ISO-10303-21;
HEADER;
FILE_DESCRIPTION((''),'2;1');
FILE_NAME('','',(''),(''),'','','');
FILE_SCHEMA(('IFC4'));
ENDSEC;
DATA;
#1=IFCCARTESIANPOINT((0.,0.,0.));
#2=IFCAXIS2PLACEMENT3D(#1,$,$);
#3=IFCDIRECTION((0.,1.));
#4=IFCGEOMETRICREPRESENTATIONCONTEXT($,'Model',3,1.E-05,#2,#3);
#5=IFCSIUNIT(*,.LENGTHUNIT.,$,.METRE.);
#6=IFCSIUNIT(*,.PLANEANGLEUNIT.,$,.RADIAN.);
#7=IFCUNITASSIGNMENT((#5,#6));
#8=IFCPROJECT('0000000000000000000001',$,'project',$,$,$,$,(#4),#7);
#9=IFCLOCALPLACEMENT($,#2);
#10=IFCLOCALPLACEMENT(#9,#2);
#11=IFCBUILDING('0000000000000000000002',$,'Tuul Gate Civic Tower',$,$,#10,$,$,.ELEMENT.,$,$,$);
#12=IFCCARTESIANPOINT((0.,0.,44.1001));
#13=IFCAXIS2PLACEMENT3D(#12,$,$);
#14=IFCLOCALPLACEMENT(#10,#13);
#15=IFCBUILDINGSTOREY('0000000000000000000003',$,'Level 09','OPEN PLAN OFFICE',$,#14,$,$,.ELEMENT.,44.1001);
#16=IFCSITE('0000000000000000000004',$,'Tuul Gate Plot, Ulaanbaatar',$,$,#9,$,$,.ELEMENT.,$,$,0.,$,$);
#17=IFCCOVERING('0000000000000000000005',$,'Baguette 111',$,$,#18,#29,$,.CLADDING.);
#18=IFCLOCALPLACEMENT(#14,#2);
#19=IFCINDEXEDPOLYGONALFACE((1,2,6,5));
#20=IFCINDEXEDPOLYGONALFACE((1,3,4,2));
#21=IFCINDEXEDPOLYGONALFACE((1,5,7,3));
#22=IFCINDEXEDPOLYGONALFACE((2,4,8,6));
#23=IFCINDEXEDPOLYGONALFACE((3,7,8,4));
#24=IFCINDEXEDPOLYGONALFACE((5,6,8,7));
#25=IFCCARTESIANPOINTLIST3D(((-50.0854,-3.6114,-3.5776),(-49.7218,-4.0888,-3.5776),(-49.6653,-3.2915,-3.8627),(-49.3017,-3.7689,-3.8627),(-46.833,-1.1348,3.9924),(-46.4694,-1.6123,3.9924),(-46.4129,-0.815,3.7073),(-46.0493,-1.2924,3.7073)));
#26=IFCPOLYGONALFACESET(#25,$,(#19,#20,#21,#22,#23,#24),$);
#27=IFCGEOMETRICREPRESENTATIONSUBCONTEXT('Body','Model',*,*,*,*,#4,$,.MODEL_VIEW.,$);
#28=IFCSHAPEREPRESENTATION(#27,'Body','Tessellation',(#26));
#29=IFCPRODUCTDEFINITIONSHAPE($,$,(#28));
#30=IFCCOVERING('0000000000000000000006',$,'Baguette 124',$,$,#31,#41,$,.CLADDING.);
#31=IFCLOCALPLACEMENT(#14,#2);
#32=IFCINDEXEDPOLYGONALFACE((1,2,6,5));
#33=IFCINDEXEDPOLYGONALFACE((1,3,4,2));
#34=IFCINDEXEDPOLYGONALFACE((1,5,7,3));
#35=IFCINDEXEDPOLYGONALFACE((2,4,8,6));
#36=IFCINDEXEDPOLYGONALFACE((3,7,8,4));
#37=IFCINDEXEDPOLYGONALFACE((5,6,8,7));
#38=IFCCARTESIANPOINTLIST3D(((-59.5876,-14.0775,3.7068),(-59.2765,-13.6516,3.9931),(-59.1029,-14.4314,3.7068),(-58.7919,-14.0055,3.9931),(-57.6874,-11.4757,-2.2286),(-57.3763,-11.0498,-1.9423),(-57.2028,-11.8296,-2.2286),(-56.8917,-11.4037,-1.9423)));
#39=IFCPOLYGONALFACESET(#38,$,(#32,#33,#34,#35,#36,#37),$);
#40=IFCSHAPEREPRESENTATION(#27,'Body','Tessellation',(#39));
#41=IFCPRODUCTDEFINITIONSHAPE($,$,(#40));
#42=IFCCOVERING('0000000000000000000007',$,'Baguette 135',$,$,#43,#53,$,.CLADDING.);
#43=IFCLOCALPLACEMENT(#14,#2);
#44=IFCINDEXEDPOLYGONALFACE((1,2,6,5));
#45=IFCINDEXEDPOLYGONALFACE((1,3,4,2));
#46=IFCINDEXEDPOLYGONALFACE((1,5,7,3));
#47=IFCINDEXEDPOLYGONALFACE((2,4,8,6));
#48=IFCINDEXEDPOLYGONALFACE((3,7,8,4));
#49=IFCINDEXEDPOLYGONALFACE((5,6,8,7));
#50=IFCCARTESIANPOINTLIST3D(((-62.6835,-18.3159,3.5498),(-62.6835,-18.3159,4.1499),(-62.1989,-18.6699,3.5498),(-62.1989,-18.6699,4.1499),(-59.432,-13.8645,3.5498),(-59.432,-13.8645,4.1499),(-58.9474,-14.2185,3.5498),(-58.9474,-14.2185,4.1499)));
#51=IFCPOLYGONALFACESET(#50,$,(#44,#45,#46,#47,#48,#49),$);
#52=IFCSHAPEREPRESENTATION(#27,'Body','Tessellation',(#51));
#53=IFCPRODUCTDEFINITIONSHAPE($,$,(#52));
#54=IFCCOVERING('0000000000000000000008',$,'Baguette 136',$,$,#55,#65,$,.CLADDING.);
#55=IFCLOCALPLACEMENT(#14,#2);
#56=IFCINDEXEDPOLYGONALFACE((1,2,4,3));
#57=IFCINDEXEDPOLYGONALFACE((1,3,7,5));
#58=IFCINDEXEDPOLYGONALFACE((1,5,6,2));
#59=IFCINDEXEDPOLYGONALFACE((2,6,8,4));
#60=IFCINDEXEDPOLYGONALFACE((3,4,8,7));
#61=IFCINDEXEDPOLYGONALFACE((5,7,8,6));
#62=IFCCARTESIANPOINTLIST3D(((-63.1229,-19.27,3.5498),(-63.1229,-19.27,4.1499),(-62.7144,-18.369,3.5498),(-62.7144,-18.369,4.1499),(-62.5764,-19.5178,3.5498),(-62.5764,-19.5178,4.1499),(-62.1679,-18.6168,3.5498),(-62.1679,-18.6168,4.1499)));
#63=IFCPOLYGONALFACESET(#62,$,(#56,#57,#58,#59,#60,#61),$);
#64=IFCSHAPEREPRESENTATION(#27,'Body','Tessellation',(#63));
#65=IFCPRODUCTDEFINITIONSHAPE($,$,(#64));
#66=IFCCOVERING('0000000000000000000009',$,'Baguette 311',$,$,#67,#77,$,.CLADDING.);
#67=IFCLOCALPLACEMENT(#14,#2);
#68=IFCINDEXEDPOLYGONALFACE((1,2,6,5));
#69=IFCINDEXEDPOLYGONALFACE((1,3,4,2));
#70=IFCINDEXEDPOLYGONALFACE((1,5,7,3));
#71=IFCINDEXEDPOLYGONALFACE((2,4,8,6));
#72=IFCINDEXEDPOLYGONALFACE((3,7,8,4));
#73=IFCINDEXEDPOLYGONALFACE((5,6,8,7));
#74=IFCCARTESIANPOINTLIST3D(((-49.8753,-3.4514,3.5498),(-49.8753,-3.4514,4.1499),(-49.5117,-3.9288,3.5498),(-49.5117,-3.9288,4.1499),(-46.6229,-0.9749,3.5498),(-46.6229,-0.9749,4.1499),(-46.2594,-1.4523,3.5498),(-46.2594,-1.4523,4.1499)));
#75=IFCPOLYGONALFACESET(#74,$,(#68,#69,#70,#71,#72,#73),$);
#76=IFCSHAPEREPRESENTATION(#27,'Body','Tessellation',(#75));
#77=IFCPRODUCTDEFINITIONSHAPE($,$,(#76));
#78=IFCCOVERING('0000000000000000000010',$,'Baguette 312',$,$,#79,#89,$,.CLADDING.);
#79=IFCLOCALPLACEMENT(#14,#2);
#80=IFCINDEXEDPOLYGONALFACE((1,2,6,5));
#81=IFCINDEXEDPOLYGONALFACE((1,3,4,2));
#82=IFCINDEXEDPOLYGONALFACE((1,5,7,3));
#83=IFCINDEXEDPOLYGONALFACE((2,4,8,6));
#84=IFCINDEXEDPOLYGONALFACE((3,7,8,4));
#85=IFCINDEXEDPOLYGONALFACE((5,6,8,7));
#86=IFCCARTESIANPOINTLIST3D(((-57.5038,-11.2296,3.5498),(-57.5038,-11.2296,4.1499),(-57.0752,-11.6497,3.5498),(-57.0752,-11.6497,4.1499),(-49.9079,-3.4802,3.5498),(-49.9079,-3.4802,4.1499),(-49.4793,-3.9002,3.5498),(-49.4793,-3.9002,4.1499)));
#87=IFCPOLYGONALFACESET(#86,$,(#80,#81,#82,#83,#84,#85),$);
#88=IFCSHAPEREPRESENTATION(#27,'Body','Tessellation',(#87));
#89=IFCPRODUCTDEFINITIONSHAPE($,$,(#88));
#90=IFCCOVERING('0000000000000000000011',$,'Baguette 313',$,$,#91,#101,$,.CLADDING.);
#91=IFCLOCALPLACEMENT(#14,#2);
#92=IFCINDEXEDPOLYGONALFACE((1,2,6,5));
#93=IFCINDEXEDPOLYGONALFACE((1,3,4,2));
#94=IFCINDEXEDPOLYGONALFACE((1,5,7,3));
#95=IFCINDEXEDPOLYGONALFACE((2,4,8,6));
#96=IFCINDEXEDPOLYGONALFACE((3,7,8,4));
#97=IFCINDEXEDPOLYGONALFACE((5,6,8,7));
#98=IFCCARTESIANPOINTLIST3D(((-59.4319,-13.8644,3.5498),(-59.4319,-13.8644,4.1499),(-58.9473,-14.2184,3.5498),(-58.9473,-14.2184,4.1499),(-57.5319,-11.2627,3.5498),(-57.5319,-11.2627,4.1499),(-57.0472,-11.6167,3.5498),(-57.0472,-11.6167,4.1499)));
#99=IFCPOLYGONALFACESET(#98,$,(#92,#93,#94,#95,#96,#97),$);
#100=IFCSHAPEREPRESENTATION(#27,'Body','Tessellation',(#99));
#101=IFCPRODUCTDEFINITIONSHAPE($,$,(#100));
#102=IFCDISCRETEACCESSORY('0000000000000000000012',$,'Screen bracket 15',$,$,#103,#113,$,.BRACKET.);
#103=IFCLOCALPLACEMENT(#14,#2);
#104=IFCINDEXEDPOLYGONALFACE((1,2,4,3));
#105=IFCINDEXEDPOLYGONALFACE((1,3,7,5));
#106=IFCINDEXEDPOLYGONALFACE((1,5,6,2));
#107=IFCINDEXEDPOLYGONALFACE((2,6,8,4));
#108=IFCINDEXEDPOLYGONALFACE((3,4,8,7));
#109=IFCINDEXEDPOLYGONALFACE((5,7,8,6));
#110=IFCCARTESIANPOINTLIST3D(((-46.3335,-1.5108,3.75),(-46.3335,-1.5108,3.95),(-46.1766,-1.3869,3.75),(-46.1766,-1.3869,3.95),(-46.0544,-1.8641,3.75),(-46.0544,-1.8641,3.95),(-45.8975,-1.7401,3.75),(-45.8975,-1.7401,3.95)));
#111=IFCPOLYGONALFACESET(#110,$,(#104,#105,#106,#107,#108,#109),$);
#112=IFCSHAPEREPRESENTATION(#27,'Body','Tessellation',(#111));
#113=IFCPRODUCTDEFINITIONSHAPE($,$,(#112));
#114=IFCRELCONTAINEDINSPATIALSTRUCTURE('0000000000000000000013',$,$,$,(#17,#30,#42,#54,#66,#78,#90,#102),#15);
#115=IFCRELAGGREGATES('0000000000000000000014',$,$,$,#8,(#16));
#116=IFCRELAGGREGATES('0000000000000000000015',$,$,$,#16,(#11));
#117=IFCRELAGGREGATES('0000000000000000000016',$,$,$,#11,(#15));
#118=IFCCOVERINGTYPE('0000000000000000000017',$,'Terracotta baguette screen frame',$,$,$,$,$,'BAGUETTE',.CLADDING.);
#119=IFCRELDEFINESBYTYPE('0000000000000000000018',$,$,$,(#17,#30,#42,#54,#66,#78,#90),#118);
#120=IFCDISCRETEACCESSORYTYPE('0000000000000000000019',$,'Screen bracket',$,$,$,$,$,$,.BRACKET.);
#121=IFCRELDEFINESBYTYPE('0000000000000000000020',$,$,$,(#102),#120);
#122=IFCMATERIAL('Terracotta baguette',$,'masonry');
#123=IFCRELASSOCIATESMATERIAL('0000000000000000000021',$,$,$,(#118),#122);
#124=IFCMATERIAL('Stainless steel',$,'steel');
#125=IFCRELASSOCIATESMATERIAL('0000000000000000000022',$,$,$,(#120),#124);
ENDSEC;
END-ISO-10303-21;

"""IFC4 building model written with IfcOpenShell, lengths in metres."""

from ifc_helpers import new_model, si_unit, direction, frame, origin, origin_2d, place, context, subcontext, project, spatial, rectangle, extrude, material, material_profile, profile_set, type_object, element, save


model = new_model("IFC4")

# Units and contexts
model_context = context("Model", 3, precision=1e-05, world=origin(), true_north=direction((0.0, 1.0)))
body_context = subcontext(model_context, "Body", "Model", "MODEL_VIEW")
ifc_project = project(units=[si_unit("LENGTHUNIT", "METRE"), si_unit("PLANEANGLEUNIT", "RADIAN")], contexts=[model_context])

# Site, building, storey
site_placement = place(None, origin())
site = spatial("IfcSite", under=ifc_project, at=site_placement, Name="Tuul Gate Plot, Ulaanbaatar", CompositionType="ELEMENT", RefElevation=0.0)
building_placement = place(site_placement, origin())
building = spatial("IfcBuilding", under=site, at=building_placement, Name="Tuul Gate Civic Tower", CompositionType="ELEMENT")
storey_placement = place(building_placement, frame((0.0, 0.0, 44.1001)))
storey = spatial("IfcBuildingStorey", under=building, at=storey_placement, Name="Level 09", Description="OPEN PLAN OFFICE", CompositionType="ELEMENT", Elevation=44.1001)

# Coverings
ifc_material_1 = material(Name="Terracotta baguette", Category="masonry")
ifc_material_profile_1 = material_profile(ifc_material_1, rectangle(XDim=0.6001, YDim=0.6001, at=origin_2d()), Name="Terracotta baguette screen frame")
ifc_profile_set_1 = profile_set([ifc_material_profile_1], Name="Terracotta baguette")
covering_type = type_object("IfcCoveringType", Name="Terracotta baguette screen frame", ElementType="BAGUETTE", PredefinedType="CLADDING", material=ifc_profile_set_1)
covering_1_placement = place(storey_placement, frame((-46.4412, -1.2136, 3.8499), z_axis=(-0.378043, -0.28786, -0.879898), x_axis=(0.605813, -0.795607, 0.0)))
element("IfcCovering", 1, at=covering_1_placement, inside=storey, type_object=covering_type, Name="Baguette 111", PredefinedType="CLADDING", context=body_context, shape_type="SweptSolid", body=[
    extrude(rectangle(XDim=0.6001, YDim=0.6001, at=origin_2d()), origin(), (0.0, 0.0, 1.0), 8.6033),
])
covering_2_placement = place(storey_placement, frame((-57.2896, -11.4397, -2.0854), z_axis=(-0.281363, -0.385261, 0.878868), x_axis=(0.807565, -0.589779, 0.0)))
element("IfcCovering", 2, at=covering_2_placement, inside=storey, type_object=covering_type, Name="Baguette 124", PredefinedType="CLADDING", context=body_context, shape_type="SweptSolid", body=[
    extrude(rectangle(XDim=0.6001, YDim=0.6001, at=origin_2d()), origin(), (0.0, 0.0, 1.0), 6.7534),
])
covering_3_placement = place(storey_placement, frame((-59.1897, -14.0415, 3.8499), z_axis=(-0.58984, -0.80752, 0.0), x_axis=(0.80752, -0.58984, 0.0)))
element("IfcCovering", 3, at=covering_3_placement, inside=storey, type_object=covering_type, Name="Baguette 135", PredefinedType="CLADDING", context=body_context, shape_type="SweptSolid", body=[
    extrude(rectangle(XDim=0.6001, YDim=0.6001, at=origin_2d()), origin(), (0.0, 0.0, 1.0), 5.5125),
])
covering_4_placement = place(storey_placement, frame((-62.4412, -18.4929, 3.8499), z_axis=(-0.412929, -0.910763, 0.0), x_axis=(0.910763, -0.412929, 0.0)))
element("IfcCovering", 4, at=covering_4_placement, inside=storey, type_object=covering_type, Name="Baguette 136", PredefinedType="CLADDING", context=body_context, shape_type="SweptSolid", body=[
    extrude(rectangle(XDim=0.6001, YDim=0.6001, at=origin_2d()), origin(), (0.0, 0.0, 1.0), 0.9893),
])
covering_5_placement = place(storey_placement, frame((-46.4412, -1.2136, 3.8499), z_axis=(-0.795607, -0.605813, 0.0), x_axis=(0.605813, -0.795607, 0.0)))
element("IfcCovering", 5, at=covering_5_placement, inside=storey, type_object=covering_type, Name="Baguette 311", PredefinedType="CLADDING", context=body_context, shape_type="SweptSolid", body=[
    extrude(rectangle(XDim=0.6001, YDim=0.6001, at=origin_2d()), origin(), (0.0, 0.0, 1.0), 4.0879),
])
covering_6_placement = place(storey_placement, frame((-49.6936, -3.6902, 3.8499), z_axis=(-0.699996, -0.714147, 0.0), x_axis=(0.714147, -0.699996, 0.0)))
element("IfcCovering", 6, at=covering_6_placement, inside=storey, type_object=covering_type, Name="Baguette 312", PredefinedType="CLADDING", context=body_context, shape_type="SweptSolid", body=[
    extrude(rectangle(XDim=0.6001, YDim=0.6001, at=origin_2d()), origin(), (0.0, 0.0, 1.0), 10.8513),
])
covering_7_placement = place(storey_placement, frame((-57.2896, -11.4397, 3.8499), z_axis=(-0.589779, -0.807565, 0.0), x_axis=(0.807565, -0.589779, 0.0)))
element("IfcCovering", 7, at=covering_7_placement, inside=storey, type_object=covering_type, Name="Baguette 313", PredefinedType="CLADDING", context=body_context, shape_type="SweptSolid", body=[
    extrude(rectangle(XDim=0.6001, YDim=0.6001, at=origin_2d()), origin(), (0.0, 0.0, 1.0), 3.2217),
])

# Discrete accessory
ifc_material_2 = material(Name="Stainless steel", Category="steel")
discrete_accessory_type = type_object("IfcDiscreteAccessoryType", Name="Screen bracket", PredefinedType="BRACKET", material=ifc_material_2)
discrete_accessory_placement = place(storey_placement, frame((-46.1155, -1.6255, 3.75), z_axis=(0.0, 0.0, 1.0), x_axis=(-0.619912, 0.784671, 0.0)))
element("IfcDiscreteAccessory", 8, at=discrete_accessory_placement, inside=storey, type_object=discrete_accessory_type, Name="Screen bracket 15", PredefinedType="BRACKET", context=body_context, shape_type="SweptSolid", body=[
    extrude(rectangle(XDim=0.4502, YDim=0.2, at=origin_2d()), origin(), (0.0, 0.0, 1.0), 0.2),
])

save(model, "model.ifc")
